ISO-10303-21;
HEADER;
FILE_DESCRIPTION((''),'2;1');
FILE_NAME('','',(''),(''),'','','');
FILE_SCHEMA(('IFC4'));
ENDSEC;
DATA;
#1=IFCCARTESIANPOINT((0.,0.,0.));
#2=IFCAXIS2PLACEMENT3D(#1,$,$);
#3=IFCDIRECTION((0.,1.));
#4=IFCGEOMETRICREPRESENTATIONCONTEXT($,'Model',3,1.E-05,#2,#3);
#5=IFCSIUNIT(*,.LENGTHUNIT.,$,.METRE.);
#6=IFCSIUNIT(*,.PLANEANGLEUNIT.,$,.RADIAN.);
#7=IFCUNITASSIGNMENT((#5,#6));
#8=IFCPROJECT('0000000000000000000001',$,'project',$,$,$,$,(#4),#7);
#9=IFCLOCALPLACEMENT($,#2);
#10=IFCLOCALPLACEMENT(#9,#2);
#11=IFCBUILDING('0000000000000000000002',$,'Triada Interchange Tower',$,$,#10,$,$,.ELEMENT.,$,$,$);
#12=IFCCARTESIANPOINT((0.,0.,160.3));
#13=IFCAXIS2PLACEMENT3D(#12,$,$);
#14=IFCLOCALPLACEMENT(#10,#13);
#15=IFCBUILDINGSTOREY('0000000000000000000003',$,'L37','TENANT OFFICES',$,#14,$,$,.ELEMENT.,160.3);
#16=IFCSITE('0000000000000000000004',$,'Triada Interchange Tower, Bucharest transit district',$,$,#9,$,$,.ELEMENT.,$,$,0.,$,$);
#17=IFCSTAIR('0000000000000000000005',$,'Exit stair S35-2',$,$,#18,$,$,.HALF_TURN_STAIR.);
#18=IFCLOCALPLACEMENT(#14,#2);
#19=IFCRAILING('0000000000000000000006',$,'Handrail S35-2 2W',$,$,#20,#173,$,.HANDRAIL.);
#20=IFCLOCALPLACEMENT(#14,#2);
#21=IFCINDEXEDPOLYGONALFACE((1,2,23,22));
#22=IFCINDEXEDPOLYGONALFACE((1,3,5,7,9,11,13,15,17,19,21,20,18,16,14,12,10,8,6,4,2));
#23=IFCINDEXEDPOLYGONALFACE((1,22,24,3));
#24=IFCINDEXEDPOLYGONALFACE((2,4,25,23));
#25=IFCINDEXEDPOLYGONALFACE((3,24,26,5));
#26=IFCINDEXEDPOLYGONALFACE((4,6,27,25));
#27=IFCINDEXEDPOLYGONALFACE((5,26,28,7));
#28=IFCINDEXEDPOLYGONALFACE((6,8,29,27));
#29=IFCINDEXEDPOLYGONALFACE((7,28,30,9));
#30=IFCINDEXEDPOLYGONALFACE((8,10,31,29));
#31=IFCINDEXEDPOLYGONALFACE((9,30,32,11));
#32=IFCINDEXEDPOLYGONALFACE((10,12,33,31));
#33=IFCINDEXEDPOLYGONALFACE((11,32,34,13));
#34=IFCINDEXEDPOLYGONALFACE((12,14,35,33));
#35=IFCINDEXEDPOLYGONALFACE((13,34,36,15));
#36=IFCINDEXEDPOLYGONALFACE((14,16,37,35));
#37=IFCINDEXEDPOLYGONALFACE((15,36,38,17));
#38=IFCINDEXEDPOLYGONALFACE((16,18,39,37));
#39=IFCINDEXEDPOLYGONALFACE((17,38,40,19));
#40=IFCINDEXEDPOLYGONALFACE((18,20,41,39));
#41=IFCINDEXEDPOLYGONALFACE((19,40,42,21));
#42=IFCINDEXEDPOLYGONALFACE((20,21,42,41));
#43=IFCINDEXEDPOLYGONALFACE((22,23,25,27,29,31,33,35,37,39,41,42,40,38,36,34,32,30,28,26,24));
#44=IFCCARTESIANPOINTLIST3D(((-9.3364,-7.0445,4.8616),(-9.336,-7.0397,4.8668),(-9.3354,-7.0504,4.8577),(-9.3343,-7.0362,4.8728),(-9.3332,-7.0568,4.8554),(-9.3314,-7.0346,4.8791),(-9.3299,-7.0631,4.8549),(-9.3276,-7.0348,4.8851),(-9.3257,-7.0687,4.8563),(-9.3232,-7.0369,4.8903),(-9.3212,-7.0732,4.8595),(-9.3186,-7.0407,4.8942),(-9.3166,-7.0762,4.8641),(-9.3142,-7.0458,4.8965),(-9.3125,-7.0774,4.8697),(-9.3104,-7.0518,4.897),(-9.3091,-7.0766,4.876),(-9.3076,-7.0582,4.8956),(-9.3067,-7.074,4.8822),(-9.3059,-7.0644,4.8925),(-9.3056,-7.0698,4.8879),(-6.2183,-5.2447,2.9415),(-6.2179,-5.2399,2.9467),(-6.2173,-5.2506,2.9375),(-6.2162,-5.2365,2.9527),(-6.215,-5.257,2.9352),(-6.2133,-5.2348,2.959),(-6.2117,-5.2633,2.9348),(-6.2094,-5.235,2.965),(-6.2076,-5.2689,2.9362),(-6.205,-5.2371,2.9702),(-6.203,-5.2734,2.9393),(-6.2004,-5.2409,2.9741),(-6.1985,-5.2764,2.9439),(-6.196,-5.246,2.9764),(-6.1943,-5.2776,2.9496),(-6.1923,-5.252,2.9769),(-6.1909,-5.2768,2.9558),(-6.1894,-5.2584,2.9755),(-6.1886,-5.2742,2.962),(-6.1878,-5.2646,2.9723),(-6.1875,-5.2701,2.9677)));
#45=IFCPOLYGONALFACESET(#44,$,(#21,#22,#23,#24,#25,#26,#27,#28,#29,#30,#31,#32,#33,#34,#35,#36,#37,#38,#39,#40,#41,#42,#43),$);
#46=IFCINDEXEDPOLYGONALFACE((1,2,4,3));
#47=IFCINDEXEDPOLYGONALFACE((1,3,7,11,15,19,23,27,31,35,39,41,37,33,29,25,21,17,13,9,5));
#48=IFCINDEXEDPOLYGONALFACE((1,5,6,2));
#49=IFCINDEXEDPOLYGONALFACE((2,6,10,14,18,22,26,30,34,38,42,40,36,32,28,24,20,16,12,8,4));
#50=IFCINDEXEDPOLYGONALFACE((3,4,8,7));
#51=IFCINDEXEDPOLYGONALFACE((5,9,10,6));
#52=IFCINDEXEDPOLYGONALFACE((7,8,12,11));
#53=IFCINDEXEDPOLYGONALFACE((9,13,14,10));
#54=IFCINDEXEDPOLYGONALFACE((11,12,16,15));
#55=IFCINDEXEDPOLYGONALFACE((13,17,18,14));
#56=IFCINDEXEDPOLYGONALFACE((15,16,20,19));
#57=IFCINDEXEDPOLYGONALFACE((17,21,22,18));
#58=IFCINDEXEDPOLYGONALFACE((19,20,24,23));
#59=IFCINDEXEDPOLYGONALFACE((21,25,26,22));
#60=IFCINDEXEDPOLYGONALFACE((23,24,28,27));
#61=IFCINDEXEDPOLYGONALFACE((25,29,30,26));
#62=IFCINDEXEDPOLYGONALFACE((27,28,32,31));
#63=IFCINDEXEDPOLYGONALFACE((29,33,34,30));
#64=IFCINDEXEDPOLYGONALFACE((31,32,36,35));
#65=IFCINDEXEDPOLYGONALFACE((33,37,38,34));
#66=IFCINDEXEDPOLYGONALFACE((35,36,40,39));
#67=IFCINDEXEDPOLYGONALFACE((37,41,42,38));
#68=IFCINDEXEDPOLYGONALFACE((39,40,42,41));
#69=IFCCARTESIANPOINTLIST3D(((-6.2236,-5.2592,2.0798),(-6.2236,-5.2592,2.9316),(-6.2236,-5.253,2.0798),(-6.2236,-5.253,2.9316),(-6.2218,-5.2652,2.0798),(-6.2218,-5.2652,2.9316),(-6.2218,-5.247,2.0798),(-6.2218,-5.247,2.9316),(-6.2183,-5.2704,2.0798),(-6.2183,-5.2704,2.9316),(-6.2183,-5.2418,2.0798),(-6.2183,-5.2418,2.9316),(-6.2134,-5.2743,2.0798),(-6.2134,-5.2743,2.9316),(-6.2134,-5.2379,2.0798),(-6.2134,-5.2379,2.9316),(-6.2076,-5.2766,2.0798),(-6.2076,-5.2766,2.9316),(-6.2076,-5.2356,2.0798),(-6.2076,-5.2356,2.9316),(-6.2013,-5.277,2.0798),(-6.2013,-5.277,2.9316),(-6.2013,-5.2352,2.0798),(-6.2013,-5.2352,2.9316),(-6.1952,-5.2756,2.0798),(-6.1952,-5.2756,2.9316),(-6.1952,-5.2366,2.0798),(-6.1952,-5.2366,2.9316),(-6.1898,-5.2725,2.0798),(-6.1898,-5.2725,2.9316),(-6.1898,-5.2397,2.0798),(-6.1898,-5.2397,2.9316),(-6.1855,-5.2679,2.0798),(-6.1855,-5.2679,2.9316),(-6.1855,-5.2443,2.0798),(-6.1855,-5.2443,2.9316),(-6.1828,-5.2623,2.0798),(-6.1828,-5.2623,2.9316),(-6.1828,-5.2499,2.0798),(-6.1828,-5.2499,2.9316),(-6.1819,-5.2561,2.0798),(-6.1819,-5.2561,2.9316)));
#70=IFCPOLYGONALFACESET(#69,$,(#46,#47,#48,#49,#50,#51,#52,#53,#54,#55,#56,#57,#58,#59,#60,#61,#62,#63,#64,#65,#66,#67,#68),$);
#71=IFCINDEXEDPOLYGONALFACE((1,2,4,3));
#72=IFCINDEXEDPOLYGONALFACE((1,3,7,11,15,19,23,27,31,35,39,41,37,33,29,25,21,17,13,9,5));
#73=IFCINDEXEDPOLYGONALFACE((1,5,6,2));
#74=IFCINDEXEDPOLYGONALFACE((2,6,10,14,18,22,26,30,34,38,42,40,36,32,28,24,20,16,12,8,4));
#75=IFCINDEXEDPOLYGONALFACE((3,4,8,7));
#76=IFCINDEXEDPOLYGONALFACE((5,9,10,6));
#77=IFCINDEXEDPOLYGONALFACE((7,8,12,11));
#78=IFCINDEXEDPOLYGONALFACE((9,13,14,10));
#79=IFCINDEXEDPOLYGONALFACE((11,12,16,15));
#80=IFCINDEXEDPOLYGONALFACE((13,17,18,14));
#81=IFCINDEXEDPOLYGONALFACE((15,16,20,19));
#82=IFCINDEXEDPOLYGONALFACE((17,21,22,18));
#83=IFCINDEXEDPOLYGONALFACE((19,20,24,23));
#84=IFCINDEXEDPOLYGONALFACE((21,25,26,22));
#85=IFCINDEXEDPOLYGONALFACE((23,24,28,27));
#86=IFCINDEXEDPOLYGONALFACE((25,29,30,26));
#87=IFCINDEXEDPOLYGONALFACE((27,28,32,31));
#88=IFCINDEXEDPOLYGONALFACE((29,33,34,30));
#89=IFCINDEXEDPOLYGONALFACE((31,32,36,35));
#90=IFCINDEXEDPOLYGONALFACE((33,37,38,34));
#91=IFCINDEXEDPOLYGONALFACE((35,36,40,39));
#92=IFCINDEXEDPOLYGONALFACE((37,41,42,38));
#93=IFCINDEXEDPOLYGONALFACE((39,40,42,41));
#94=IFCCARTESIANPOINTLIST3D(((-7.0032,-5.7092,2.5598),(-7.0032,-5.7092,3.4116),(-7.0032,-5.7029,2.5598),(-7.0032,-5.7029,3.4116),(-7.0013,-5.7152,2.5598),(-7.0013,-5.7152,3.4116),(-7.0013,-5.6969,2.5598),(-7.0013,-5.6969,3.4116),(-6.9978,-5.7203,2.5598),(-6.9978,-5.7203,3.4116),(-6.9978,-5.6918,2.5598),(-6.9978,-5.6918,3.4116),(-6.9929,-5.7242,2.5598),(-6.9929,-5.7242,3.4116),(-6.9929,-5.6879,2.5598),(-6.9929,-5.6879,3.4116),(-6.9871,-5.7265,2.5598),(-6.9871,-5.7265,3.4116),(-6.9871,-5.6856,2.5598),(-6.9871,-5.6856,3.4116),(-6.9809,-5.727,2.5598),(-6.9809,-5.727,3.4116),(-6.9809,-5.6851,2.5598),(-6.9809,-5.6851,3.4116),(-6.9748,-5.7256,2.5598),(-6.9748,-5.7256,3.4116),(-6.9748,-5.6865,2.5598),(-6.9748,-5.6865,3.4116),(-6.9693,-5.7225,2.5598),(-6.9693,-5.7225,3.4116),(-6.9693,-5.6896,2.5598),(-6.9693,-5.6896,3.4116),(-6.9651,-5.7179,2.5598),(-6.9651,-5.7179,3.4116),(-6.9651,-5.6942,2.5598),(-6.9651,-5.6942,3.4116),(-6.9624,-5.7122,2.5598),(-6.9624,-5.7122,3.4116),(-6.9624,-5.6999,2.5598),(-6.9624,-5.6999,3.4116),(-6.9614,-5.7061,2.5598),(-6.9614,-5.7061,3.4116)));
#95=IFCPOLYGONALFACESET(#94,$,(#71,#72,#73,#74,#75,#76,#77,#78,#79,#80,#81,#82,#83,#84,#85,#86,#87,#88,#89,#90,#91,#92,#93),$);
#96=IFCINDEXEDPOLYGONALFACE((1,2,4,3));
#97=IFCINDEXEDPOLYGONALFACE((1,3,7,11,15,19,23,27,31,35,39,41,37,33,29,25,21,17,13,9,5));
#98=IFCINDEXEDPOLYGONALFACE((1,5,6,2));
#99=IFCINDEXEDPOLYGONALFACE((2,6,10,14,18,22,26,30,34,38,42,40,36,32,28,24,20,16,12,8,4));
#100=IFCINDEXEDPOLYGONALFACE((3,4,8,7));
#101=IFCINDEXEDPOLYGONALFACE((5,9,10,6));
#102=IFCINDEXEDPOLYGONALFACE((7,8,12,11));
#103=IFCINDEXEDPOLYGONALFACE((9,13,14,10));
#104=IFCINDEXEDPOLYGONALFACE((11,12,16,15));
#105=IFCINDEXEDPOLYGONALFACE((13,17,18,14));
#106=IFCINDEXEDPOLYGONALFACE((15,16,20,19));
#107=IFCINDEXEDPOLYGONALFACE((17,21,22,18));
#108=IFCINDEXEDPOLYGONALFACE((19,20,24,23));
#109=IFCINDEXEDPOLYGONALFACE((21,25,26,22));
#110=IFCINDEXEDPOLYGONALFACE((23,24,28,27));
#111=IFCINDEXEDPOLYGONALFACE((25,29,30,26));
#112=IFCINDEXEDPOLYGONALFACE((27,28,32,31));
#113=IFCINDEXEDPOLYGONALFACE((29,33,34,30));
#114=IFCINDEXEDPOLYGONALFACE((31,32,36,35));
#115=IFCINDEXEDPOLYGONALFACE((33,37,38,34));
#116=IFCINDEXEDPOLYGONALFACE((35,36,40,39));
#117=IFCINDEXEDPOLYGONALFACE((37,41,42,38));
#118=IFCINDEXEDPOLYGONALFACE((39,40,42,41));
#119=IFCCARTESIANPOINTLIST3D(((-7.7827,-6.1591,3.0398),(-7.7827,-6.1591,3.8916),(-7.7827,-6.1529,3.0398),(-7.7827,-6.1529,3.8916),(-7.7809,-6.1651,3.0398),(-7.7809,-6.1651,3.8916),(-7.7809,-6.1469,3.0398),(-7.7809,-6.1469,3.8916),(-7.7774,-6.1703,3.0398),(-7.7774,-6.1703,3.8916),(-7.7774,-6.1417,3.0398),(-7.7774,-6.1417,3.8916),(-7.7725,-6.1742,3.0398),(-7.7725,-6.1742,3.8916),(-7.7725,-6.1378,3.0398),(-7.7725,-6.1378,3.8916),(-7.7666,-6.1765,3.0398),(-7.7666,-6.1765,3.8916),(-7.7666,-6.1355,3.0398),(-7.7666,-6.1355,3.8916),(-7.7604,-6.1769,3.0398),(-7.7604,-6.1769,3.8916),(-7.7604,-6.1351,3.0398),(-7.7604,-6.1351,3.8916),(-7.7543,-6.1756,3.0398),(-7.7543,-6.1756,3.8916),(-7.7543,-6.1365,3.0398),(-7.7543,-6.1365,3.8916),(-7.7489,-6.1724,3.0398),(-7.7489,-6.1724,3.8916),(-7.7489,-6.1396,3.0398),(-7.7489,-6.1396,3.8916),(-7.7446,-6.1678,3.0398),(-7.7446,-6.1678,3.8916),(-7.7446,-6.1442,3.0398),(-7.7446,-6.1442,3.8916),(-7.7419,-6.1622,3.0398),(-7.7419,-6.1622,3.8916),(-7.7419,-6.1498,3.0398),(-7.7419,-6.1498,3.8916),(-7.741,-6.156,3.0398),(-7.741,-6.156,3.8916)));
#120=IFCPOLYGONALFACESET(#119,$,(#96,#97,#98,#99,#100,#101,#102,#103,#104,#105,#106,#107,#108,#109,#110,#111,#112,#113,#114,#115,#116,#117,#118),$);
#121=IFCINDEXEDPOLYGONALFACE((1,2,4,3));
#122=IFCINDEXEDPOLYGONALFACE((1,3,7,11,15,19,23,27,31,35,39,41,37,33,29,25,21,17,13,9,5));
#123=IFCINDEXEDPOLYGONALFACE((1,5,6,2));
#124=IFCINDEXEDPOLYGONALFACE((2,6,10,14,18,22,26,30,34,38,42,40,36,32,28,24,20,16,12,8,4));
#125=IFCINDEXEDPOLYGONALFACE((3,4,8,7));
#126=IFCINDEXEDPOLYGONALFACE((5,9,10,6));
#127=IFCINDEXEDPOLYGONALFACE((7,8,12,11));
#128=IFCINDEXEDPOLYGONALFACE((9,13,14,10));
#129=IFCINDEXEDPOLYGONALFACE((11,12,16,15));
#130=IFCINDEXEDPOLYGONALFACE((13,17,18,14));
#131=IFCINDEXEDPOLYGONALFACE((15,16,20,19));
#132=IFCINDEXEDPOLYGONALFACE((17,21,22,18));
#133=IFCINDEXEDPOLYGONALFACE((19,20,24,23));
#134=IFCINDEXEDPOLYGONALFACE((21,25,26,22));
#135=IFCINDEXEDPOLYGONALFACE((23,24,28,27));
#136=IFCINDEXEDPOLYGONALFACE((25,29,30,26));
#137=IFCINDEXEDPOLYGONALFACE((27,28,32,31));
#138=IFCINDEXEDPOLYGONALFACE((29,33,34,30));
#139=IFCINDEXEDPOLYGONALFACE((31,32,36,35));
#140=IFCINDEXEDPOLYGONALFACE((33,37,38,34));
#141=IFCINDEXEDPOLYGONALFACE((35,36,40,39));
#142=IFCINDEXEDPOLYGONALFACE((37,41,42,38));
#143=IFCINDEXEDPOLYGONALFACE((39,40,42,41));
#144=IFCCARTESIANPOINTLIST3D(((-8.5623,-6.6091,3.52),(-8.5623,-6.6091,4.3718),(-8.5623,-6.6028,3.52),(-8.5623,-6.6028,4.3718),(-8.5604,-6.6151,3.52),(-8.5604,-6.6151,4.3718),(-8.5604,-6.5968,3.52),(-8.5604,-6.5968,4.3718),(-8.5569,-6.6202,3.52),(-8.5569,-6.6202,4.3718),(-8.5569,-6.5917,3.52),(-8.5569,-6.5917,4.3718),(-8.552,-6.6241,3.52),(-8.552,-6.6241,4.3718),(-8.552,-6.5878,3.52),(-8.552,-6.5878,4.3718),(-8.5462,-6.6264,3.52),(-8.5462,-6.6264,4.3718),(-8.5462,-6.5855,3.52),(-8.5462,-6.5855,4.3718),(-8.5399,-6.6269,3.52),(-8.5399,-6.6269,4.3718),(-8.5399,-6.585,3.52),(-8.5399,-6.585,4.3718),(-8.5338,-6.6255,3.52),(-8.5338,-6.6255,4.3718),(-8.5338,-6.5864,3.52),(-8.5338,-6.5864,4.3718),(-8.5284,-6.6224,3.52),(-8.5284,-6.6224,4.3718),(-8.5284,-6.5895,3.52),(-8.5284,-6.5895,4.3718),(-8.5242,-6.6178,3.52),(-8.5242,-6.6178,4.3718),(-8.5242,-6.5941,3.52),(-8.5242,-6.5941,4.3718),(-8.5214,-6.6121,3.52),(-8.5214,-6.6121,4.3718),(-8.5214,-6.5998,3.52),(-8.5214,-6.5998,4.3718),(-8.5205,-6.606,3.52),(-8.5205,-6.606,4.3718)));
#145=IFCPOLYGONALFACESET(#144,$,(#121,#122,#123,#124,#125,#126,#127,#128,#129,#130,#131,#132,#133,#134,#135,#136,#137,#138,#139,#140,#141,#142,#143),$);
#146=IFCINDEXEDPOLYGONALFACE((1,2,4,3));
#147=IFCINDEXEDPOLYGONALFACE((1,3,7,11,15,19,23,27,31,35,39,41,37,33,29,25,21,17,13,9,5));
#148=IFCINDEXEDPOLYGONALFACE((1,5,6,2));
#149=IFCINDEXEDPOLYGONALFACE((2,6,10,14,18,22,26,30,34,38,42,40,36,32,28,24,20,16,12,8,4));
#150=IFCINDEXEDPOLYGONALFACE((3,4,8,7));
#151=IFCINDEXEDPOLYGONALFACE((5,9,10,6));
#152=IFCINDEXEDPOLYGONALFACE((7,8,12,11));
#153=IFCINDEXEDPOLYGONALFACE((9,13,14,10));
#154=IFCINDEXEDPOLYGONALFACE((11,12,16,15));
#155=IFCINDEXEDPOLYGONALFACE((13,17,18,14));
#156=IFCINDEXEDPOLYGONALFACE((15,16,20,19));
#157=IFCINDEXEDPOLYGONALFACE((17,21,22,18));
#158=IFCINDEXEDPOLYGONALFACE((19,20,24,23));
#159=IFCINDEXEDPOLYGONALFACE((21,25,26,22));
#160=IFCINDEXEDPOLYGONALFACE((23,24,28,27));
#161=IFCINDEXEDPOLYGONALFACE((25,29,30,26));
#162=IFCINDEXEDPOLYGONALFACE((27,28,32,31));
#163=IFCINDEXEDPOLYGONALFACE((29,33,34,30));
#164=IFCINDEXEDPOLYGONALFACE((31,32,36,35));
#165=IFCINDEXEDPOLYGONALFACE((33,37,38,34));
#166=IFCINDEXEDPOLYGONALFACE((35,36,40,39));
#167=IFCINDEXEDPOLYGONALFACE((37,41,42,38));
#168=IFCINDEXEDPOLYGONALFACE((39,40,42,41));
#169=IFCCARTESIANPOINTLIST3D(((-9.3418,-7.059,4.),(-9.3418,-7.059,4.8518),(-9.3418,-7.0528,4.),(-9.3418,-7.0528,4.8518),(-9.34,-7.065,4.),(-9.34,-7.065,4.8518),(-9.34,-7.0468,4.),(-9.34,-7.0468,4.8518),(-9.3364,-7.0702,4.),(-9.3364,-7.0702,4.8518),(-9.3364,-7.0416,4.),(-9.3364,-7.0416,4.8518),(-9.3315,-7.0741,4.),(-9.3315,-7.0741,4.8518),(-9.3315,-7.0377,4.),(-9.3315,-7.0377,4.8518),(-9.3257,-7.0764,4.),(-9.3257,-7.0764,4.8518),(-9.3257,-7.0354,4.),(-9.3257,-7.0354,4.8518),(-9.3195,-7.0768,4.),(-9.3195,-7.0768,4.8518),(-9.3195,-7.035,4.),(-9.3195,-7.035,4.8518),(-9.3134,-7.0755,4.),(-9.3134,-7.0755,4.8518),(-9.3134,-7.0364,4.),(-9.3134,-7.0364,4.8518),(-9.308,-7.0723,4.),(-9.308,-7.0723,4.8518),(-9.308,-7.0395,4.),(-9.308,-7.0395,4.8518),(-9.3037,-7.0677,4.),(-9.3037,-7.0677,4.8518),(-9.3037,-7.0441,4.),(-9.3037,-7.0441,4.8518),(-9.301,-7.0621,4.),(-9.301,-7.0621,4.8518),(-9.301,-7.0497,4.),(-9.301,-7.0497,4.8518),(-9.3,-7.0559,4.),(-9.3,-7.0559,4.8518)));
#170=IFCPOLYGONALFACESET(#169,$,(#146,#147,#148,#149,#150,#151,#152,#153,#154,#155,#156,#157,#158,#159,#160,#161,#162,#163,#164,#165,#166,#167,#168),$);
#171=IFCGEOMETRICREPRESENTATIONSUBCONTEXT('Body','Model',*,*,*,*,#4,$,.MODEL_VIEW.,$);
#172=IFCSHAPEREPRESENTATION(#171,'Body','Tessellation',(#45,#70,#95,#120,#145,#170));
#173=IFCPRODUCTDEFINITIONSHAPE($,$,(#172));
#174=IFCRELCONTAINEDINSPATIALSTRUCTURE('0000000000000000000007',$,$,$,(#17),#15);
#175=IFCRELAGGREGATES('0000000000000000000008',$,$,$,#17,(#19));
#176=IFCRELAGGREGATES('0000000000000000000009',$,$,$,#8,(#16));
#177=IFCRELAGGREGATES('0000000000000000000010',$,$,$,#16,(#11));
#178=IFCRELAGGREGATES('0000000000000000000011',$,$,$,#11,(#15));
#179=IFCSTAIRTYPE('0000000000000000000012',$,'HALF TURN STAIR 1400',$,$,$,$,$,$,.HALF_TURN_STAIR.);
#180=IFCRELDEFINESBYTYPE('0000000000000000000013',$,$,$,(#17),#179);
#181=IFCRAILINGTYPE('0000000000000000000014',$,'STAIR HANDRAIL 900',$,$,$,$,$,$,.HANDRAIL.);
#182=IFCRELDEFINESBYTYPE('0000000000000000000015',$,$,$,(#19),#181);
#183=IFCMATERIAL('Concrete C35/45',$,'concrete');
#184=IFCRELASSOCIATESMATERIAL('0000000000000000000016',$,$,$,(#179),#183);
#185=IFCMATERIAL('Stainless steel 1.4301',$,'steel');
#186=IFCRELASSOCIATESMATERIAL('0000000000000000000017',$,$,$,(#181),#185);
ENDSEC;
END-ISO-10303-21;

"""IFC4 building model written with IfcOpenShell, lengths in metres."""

from ifc_helpers import new_model, si_unit, direction, frame, origin, origin_2d, place, context, subcontext, project, spatial, circle, extrude, material, type_object, element, aggregate, save


model = new_model("IFC4")

# Units and contexts
model_context = context("Model", 3, precision=1e-05, world=origin(), true_north=direction((0.0, 1.0)))
body_context = subcontext(model_context, "Body", "Model", "MODEL_VIEW")
ifc_project = project(units=[si_unit("LENGTHUNIT", "METRE"), si_unit("PLANEANGLEUNIT", "RADIAN")], contexts=[model_context])

# Site, building, storey
site_placement = place(None, origin())
site = spatial("IfcSite", under=ifc_project, at=site_placement, Name="Triada Interchange Tower, Bucharest transit district", CompositionType="ELEMENT", RefElevation=0.0)
building_placement = place(site_placement, origin())
building = spatial("IfcBuilding", under=site, at=building_placement, Name="Triada Interchange Tower", CompositionType="ELEMENT")
storey_placement = place(building_placement, frame((0.0, 0.0, 160.3)))
storey = spatial("IfcBuildingStorey", under=building, at=storey_placement, Name="L37", Description="TENANT OFFICES", CompositionType="ELEMENT", Elevation=160.3)

# Stair, railing
ifc_material_1 = material(Name="Concrete C35/45", Category="concrete")
stair_type = type_object("IfcStairType", Name="HALF TURN STAIR 1400", PredefinedType="HALF_TURN_STAIR", material=ifc_material_1)
stair_placement = place(storey_placement, origin())
stair = element("IfcStair", 1, at=stair_placement, inside=storey, type_object=stair_type, Name="Exit stair S35-2", PredefinedType="HALF_TURN_STAIR")
ifc_material_2 = material(Name="Stainless steel 1.4301", Category="steel")
railing_type = type_object("IfcRailingType", Name="STAIR HANDRAIL 900", PredefinedType="HANDRAIL", material=ifc_material_2)
railing_1_placement = place(storey_placement, frame((-6.2029, -5.2561, 2.0798)))
railing_1 = element("IfcRailing", 2, at=railing_1_placement, type_object=railing_type, Name="Handrail S35-2 2W", PredefinedType="HANDRAIL", context=body_context, shape_type="SweptSolid", body=[
    extrude(circle(Radius=0.0239, at=origin_2d()), frame((0.0, 0.0, 0.876), z_axis=(-0.76419, -0.44109, 0.470588), x_axis=(0.499902, -0.866082, 0.0)), (0.0, 0.0, 1.0), 4.0803),
    extrude(circle(Radius=0.021, at=origin_2d()), origin(), (0.0, 0.0, 1.0), 0.8518),
    extrude(circle(Radius=0.021, at=origin_2d()), frame((-0.7795, -0.45, 0.48)), (0.0, 0.0, 1.0), 0.8518),
    extrude(circle(Radius=0.021, at=origin_2d()), frame((-1.5591, -0.8999, 0.96)), (0.0, 0.0, 1.0), 0.8518),
    extrude(circle(Radius=0.021, at=origin_2d()), frame((-2.3386, -1.3499, 1.4402)), (0.0, 0.0, 1.0), 0.8518),
    extrude(circle(Radius=0.021, at=origin_2d()), frame((-3.1182, -1.7998, 1.9202)), (0.0, 0.0, 1.0), 0.8518),
])
aggregate(stair, [railing_1])

save(model, "model.ifc")
